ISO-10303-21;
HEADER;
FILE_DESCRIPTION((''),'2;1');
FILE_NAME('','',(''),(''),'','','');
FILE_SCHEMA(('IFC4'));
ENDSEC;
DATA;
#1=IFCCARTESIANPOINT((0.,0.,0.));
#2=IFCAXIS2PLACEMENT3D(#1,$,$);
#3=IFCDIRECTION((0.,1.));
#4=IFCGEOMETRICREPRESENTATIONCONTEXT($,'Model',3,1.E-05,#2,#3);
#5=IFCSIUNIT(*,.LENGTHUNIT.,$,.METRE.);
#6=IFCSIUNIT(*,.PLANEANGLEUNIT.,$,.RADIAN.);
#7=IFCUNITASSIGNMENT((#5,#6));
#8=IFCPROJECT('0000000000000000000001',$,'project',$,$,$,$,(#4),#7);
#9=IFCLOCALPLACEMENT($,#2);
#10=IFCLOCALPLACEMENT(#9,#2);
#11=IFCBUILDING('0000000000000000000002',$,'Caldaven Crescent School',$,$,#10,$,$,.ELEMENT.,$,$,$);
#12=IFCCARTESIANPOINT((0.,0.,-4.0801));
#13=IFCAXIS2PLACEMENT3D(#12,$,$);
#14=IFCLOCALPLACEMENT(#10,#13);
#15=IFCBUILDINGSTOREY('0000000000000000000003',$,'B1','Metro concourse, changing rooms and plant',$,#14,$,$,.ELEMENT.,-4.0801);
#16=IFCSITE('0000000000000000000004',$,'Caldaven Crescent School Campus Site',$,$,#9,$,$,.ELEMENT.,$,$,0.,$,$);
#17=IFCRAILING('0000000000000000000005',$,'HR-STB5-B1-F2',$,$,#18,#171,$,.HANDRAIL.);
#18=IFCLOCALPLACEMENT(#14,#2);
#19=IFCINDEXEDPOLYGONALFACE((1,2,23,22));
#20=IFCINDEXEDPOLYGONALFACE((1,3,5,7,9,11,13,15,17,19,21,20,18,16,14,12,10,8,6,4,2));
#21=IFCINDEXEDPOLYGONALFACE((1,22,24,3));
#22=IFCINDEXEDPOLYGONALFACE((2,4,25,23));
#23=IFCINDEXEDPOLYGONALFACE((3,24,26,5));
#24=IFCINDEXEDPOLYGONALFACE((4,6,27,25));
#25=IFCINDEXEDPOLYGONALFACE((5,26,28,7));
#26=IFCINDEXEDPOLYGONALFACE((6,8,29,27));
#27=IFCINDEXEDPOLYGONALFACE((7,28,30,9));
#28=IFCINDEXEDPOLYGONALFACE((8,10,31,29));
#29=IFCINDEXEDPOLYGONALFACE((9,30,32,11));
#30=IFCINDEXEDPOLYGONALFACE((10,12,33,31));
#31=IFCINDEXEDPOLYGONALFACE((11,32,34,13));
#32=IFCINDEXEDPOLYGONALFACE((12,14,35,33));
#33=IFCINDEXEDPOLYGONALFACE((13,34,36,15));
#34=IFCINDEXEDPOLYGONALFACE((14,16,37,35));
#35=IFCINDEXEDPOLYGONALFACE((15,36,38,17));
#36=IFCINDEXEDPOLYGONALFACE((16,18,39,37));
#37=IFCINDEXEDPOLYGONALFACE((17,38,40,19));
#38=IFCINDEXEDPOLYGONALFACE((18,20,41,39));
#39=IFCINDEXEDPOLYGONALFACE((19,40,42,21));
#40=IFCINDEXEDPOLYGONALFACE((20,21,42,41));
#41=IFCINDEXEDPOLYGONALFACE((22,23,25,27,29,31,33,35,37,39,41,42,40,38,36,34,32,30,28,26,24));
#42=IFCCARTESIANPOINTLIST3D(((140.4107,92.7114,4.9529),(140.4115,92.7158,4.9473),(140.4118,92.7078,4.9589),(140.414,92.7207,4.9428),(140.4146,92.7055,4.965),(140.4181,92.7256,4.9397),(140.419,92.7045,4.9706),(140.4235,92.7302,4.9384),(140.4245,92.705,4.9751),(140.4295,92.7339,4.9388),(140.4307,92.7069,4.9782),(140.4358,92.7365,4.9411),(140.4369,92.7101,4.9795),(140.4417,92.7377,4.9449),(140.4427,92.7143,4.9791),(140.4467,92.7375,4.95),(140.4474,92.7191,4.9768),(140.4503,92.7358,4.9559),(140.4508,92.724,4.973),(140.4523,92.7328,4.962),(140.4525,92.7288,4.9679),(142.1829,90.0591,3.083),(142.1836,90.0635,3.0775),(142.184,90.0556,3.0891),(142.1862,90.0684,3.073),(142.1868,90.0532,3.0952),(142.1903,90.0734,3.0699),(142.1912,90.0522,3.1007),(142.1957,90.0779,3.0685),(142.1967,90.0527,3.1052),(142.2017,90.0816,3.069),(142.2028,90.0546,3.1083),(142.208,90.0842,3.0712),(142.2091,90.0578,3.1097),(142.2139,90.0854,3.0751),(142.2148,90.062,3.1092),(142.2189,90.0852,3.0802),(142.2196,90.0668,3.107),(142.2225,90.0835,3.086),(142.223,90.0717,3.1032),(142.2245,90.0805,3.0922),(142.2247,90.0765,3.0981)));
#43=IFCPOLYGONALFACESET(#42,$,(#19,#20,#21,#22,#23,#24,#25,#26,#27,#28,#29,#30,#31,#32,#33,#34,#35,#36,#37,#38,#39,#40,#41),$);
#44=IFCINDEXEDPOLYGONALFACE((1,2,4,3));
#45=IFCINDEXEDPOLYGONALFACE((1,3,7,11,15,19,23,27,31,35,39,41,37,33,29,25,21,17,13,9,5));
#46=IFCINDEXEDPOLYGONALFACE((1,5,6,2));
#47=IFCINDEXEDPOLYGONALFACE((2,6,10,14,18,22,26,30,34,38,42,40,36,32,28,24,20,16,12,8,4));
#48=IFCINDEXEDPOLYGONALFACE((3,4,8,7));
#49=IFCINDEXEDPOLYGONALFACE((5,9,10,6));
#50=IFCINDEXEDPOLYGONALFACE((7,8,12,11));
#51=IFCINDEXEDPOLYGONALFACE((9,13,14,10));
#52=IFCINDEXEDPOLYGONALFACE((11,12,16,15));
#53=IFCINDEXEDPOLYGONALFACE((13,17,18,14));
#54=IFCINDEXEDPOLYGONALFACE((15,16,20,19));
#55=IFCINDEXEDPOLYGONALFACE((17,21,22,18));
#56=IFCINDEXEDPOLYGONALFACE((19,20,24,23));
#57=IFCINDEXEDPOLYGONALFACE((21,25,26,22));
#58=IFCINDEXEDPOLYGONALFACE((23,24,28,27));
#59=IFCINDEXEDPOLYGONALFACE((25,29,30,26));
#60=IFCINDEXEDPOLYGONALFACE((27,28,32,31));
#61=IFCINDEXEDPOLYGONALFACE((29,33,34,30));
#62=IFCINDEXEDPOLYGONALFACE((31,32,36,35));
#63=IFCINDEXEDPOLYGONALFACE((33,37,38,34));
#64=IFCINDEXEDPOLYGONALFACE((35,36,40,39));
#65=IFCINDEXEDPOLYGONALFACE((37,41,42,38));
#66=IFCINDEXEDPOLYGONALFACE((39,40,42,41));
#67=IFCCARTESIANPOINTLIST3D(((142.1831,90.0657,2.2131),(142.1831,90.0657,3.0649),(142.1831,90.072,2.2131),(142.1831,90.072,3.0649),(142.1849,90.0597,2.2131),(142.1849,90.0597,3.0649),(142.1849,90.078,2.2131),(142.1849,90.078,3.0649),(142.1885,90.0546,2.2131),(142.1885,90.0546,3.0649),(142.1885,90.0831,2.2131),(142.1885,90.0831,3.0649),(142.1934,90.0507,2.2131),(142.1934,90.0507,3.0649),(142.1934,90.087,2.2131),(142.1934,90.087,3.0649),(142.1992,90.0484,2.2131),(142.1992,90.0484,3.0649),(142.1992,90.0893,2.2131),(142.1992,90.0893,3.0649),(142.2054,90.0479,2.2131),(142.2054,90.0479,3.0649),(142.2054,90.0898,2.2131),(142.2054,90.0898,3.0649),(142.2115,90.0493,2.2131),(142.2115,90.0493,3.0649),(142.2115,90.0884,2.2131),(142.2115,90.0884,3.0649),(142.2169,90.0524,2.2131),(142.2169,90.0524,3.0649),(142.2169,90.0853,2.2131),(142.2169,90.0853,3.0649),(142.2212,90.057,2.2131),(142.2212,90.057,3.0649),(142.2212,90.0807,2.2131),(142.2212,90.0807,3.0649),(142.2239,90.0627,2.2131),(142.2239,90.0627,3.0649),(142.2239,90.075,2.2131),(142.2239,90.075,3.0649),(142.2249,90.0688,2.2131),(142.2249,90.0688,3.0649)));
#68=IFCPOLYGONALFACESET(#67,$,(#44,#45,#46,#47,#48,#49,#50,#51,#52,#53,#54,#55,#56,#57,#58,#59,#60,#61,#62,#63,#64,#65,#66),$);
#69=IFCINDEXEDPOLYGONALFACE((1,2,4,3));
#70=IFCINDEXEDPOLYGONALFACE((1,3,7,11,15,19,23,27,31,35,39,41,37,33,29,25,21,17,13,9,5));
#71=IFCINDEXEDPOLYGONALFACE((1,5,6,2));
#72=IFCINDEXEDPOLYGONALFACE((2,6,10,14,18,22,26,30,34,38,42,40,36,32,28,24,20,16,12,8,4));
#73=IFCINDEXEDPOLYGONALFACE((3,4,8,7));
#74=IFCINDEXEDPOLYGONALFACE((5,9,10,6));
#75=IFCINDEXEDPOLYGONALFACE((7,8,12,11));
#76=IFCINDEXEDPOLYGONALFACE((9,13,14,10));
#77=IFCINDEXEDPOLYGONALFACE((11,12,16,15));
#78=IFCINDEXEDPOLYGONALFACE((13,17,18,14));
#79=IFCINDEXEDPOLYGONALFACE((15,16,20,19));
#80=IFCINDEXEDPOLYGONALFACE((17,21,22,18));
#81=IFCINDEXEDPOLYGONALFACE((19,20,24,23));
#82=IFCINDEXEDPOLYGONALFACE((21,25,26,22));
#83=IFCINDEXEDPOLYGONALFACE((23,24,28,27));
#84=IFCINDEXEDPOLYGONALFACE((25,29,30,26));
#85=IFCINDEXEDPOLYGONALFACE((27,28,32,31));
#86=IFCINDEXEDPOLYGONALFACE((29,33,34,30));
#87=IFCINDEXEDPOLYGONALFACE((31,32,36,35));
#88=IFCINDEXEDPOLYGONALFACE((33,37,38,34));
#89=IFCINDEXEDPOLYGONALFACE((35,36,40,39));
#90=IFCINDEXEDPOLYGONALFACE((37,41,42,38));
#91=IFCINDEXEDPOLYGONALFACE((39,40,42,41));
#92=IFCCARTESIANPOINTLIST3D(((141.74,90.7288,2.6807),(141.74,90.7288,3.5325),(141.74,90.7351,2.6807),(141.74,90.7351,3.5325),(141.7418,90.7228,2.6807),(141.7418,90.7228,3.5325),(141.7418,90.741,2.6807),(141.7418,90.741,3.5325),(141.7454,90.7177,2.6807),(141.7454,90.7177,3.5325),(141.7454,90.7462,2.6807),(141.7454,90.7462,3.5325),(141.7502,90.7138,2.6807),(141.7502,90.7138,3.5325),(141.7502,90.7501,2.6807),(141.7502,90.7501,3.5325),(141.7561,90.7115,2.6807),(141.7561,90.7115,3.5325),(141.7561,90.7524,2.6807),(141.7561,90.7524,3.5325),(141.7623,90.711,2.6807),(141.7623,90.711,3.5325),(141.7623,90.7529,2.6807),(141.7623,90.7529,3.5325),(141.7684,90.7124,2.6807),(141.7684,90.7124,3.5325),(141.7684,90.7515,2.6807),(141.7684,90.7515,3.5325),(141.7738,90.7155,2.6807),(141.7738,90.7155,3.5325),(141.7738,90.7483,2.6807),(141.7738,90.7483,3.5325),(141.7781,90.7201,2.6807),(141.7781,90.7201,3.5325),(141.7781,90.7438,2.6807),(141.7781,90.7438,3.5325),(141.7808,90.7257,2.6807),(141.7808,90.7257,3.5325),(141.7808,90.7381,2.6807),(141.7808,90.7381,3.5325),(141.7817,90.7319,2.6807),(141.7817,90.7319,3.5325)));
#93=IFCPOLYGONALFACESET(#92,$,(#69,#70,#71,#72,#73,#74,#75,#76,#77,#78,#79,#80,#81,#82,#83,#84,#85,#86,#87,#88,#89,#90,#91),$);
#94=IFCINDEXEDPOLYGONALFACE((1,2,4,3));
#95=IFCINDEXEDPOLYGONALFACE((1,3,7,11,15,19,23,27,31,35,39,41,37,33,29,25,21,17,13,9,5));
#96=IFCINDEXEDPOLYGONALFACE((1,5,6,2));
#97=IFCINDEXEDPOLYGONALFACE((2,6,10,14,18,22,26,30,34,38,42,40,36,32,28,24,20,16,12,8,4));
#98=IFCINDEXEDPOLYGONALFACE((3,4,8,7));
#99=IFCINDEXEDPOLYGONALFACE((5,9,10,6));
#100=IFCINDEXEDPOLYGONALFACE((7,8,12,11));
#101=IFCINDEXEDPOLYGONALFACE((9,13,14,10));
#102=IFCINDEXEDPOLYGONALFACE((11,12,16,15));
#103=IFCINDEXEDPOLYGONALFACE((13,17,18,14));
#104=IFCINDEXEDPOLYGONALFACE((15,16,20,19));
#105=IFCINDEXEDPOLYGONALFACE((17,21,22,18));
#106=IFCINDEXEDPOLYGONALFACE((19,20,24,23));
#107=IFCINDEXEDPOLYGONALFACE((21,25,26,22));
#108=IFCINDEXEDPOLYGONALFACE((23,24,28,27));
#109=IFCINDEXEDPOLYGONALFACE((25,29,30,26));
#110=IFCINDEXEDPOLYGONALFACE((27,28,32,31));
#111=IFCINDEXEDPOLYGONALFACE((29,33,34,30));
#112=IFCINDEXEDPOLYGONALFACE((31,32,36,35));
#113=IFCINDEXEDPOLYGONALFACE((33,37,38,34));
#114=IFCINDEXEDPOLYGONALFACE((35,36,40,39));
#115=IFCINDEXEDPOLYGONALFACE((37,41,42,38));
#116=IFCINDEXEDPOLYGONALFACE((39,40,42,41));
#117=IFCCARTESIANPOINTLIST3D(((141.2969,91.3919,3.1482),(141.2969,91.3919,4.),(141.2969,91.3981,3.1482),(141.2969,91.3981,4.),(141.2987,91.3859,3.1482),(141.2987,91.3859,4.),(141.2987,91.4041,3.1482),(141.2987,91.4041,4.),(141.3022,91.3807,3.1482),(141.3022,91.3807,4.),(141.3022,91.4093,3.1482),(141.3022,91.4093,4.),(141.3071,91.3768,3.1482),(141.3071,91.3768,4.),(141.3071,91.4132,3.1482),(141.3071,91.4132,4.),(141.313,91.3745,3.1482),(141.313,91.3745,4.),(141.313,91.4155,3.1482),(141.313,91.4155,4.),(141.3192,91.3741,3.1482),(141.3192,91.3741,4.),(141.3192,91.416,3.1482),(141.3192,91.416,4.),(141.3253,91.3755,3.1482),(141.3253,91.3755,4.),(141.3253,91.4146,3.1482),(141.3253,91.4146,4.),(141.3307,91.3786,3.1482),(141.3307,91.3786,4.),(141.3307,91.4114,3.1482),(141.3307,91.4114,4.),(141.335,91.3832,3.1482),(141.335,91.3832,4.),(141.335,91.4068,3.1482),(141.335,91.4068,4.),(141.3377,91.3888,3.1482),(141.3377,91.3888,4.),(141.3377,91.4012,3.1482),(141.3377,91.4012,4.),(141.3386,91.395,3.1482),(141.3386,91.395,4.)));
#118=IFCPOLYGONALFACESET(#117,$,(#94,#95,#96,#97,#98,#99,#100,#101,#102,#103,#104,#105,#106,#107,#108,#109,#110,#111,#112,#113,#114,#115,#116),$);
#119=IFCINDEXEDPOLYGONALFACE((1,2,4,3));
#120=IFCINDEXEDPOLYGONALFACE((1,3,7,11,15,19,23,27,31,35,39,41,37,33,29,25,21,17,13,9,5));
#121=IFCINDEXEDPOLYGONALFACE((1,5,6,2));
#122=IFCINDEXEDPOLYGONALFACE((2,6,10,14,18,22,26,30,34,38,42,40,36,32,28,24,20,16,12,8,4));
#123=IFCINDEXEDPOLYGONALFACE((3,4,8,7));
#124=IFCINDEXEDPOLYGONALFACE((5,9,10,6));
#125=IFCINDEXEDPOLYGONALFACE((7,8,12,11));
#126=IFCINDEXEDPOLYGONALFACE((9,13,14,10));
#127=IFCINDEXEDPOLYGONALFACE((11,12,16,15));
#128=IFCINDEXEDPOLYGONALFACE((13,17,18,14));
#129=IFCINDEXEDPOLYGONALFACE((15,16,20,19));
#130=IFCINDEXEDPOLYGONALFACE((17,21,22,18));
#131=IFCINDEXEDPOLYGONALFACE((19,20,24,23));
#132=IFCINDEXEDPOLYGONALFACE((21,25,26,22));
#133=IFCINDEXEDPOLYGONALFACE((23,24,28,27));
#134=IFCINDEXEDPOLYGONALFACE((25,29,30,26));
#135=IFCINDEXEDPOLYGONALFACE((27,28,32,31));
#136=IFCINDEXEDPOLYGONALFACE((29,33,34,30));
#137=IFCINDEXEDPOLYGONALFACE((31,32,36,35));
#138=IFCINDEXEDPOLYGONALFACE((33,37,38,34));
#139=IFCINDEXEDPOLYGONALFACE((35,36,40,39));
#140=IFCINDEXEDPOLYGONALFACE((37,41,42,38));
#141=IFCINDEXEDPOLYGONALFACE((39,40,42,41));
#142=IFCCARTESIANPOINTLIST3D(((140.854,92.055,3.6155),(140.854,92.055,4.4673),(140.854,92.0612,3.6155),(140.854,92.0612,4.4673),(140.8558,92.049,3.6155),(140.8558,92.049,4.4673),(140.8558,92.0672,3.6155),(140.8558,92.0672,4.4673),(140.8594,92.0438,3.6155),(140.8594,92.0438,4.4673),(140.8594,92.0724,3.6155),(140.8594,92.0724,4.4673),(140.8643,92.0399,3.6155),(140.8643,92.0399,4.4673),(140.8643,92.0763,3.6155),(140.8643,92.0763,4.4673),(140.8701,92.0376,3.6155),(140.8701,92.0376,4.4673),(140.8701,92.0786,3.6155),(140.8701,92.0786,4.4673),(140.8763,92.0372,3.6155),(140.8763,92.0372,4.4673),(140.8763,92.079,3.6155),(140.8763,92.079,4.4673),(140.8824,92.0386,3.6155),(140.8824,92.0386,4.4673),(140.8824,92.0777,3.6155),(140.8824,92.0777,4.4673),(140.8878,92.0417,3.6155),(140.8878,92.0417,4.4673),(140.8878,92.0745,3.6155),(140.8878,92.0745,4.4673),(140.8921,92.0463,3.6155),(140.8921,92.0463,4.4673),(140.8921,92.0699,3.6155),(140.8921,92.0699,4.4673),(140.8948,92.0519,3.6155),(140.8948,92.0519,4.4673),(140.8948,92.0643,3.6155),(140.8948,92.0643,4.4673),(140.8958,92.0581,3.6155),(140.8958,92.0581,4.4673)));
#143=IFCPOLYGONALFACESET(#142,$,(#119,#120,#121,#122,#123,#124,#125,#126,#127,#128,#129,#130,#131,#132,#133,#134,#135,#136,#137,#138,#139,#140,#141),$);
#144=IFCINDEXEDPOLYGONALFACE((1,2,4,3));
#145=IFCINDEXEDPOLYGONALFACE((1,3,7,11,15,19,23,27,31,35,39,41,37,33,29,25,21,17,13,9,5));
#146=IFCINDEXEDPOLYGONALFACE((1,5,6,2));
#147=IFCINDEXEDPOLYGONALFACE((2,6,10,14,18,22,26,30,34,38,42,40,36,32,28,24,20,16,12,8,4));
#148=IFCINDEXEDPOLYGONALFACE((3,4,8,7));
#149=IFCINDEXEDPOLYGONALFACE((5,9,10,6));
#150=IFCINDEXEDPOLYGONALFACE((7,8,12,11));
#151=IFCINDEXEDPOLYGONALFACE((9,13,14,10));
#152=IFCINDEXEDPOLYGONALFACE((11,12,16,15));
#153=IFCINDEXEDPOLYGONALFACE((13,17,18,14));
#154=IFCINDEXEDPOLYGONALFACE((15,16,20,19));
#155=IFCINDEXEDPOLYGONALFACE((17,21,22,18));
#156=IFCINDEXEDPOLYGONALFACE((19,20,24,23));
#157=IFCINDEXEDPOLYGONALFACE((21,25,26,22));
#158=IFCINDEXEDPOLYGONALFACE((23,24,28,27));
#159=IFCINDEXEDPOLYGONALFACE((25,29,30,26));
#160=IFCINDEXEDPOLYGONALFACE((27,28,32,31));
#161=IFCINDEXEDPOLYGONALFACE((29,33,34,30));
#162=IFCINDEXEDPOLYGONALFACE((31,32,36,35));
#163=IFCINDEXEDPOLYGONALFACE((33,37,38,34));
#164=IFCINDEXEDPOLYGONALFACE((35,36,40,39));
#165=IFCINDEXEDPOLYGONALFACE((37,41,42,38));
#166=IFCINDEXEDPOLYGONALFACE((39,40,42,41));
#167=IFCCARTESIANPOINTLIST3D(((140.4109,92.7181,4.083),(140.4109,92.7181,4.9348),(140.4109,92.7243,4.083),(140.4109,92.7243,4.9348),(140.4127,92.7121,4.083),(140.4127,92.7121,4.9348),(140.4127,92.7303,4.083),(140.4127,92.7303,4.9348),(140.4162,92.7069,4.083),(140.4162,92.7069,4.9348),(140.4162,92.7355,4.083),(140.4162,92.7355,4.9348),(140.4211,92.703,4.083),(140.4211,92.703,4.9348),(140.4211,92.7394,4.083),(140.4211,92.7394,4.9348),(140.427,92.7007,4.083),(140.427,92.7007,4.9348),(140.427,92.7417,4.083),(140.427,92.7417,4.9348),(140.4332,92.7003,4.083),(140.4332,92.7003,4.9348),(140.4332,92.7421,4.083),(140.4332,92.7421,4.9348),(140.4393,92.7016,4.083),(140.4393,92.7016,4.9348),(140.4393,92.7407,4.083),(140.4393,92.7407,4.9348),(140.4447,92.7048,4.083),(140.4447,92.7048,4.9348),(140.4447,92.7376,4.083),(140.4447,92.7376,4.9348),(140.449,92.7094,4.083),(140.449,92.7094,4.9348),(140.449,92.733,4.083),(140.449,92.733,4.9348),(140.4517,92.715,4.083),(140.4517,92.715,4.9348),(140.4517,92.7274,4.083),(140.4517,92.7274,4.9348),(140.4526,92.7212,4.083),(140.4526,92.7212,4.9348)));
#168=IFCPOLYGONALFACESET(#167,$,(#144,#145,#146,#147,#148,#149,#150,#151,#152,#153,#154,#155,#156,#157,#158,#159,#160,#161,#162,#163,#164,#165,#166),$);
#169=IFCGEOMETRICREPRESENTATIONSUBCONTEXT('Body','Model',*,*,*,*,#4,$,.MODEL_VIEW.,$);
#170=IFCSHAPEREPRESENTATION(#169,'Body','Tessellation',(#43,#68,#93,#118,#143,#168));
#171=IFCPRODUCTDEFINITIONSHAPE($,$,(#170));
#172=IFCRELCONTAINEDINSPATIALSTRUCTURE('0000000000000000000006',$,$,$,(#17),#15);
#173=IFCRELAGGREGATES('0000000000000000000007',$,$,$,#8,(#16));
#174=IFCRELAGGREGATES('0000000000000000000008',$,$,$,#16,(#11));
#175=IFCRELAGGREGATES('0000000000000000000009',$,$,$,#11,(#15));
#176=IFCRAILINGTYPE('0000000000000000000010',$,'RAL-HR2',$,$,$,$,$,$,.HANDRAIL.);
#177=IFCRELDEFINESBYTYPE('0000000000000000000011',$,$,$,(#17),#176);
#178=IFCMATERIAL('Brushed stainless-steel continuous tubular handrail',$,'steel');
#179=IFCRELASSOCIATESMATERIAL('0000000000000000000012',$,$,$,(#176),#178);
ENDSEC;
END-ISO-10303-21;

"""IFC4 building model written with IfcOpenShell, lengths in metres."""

from ifc_helpers import new_model, si_unit, direction, frame, origin, origin_2d, place, context, subcontext, project, spatial, circle, extrude, material, type_object, element, save


model = new_model("IFC4")

# Units and contexts
model_context = context("Model", 3, precision=1e-05, world=origin(), true_north=direction((0.0, 1.0)))
body_context = subcontext(model_context, "Body", "Model", "MODEL_VIEW")
ifc_project = project(units=[si_unit("LENGTHUNIT", "METRE"), si_unit("PLANEANGLEUNIT", "RADIAN")], contexts=[model_context])

# Site, building, storey
site_placement = place(None, origin())
site = spatial("IfcSite", under=ifc_project, at=site_placement, Name="Caldaven Crescent School Campus Site", CompositionType="ELEMENT", RefElevation=0.0)
building_placement = place(site_placement, origin())
building = spatial("IfcBuilding", under=site, at=building_placement, Name="Caldaven Crescent School", CompositionType="ELEMENT")
storey_placement = place(building_placement, frame((0.0, 0.0, -4.0801)))
storey = spatial("IfcBuildingStorey", under=building, at=storey_placement, Name="B1", Description="Metro concourse, changing rooms and plant", CompositionType="ELEMENT", Elevation=-4.0801)

# Railing
ifc_material_1 = material(Name="Brushed stainless-steel continuous tubular handrail", Category="steel")
railing_type = type_object("IfcRailingType", Name="RAL-HR2", PredefinedType="HANDRAIL", material=ifc_material_1)
railing_placement = place(storey_placement, frame((142.2039, 90.0688, 2.2131)))
element("IfcRailing", 1, at=railing_placement, inside=storey, type_object=railing_type, Name="HR-STB5-B1-F2", PredefinedType="HANDRAIL", context=body_context, shape_type="SweptSolid", body=[
    extrude(circle(Radius=0.0239, at=origin_2d()), frame((0.0, 0.0, 0.876), z_axis=(-0.479291, 0.717319, 0.505702), x_axis=(-0.831473, -0.555565, 0.0)), (0.0, 0.0, 1.0), 3.6975),
    extrude(circle(Radius=0.021, at=origin_2d()), origin(), (0.0, 0.0, 1.0), 0.8518),
    extrude(circle(Radius=0.021, at=origin_2d()), frame((-0.4431, 0.6631, 0.4675)), (0.0, 0.0, 1.0), 0.8518),
    extrude(circle(Radius=0.021, at=origin_2d()), frame((-0.8862, 1.3262, 0.9351)), (0.0, 0.0, 1.0), 0.8518),
    extrude(circle(Radius=0.021, at=origin_2d()), frame((-1.3291, 1.9893, 1.4023)), (0.0, 0.0, 1.0), 0.8518),
    extrude(circle(Radius=0.021, at=origin_2d()), frame((-1.7722, 2.6523, 1.8699)), (0.0, 0.0, 1.0), 0.8518),
])

save(model, "model.ifc")
